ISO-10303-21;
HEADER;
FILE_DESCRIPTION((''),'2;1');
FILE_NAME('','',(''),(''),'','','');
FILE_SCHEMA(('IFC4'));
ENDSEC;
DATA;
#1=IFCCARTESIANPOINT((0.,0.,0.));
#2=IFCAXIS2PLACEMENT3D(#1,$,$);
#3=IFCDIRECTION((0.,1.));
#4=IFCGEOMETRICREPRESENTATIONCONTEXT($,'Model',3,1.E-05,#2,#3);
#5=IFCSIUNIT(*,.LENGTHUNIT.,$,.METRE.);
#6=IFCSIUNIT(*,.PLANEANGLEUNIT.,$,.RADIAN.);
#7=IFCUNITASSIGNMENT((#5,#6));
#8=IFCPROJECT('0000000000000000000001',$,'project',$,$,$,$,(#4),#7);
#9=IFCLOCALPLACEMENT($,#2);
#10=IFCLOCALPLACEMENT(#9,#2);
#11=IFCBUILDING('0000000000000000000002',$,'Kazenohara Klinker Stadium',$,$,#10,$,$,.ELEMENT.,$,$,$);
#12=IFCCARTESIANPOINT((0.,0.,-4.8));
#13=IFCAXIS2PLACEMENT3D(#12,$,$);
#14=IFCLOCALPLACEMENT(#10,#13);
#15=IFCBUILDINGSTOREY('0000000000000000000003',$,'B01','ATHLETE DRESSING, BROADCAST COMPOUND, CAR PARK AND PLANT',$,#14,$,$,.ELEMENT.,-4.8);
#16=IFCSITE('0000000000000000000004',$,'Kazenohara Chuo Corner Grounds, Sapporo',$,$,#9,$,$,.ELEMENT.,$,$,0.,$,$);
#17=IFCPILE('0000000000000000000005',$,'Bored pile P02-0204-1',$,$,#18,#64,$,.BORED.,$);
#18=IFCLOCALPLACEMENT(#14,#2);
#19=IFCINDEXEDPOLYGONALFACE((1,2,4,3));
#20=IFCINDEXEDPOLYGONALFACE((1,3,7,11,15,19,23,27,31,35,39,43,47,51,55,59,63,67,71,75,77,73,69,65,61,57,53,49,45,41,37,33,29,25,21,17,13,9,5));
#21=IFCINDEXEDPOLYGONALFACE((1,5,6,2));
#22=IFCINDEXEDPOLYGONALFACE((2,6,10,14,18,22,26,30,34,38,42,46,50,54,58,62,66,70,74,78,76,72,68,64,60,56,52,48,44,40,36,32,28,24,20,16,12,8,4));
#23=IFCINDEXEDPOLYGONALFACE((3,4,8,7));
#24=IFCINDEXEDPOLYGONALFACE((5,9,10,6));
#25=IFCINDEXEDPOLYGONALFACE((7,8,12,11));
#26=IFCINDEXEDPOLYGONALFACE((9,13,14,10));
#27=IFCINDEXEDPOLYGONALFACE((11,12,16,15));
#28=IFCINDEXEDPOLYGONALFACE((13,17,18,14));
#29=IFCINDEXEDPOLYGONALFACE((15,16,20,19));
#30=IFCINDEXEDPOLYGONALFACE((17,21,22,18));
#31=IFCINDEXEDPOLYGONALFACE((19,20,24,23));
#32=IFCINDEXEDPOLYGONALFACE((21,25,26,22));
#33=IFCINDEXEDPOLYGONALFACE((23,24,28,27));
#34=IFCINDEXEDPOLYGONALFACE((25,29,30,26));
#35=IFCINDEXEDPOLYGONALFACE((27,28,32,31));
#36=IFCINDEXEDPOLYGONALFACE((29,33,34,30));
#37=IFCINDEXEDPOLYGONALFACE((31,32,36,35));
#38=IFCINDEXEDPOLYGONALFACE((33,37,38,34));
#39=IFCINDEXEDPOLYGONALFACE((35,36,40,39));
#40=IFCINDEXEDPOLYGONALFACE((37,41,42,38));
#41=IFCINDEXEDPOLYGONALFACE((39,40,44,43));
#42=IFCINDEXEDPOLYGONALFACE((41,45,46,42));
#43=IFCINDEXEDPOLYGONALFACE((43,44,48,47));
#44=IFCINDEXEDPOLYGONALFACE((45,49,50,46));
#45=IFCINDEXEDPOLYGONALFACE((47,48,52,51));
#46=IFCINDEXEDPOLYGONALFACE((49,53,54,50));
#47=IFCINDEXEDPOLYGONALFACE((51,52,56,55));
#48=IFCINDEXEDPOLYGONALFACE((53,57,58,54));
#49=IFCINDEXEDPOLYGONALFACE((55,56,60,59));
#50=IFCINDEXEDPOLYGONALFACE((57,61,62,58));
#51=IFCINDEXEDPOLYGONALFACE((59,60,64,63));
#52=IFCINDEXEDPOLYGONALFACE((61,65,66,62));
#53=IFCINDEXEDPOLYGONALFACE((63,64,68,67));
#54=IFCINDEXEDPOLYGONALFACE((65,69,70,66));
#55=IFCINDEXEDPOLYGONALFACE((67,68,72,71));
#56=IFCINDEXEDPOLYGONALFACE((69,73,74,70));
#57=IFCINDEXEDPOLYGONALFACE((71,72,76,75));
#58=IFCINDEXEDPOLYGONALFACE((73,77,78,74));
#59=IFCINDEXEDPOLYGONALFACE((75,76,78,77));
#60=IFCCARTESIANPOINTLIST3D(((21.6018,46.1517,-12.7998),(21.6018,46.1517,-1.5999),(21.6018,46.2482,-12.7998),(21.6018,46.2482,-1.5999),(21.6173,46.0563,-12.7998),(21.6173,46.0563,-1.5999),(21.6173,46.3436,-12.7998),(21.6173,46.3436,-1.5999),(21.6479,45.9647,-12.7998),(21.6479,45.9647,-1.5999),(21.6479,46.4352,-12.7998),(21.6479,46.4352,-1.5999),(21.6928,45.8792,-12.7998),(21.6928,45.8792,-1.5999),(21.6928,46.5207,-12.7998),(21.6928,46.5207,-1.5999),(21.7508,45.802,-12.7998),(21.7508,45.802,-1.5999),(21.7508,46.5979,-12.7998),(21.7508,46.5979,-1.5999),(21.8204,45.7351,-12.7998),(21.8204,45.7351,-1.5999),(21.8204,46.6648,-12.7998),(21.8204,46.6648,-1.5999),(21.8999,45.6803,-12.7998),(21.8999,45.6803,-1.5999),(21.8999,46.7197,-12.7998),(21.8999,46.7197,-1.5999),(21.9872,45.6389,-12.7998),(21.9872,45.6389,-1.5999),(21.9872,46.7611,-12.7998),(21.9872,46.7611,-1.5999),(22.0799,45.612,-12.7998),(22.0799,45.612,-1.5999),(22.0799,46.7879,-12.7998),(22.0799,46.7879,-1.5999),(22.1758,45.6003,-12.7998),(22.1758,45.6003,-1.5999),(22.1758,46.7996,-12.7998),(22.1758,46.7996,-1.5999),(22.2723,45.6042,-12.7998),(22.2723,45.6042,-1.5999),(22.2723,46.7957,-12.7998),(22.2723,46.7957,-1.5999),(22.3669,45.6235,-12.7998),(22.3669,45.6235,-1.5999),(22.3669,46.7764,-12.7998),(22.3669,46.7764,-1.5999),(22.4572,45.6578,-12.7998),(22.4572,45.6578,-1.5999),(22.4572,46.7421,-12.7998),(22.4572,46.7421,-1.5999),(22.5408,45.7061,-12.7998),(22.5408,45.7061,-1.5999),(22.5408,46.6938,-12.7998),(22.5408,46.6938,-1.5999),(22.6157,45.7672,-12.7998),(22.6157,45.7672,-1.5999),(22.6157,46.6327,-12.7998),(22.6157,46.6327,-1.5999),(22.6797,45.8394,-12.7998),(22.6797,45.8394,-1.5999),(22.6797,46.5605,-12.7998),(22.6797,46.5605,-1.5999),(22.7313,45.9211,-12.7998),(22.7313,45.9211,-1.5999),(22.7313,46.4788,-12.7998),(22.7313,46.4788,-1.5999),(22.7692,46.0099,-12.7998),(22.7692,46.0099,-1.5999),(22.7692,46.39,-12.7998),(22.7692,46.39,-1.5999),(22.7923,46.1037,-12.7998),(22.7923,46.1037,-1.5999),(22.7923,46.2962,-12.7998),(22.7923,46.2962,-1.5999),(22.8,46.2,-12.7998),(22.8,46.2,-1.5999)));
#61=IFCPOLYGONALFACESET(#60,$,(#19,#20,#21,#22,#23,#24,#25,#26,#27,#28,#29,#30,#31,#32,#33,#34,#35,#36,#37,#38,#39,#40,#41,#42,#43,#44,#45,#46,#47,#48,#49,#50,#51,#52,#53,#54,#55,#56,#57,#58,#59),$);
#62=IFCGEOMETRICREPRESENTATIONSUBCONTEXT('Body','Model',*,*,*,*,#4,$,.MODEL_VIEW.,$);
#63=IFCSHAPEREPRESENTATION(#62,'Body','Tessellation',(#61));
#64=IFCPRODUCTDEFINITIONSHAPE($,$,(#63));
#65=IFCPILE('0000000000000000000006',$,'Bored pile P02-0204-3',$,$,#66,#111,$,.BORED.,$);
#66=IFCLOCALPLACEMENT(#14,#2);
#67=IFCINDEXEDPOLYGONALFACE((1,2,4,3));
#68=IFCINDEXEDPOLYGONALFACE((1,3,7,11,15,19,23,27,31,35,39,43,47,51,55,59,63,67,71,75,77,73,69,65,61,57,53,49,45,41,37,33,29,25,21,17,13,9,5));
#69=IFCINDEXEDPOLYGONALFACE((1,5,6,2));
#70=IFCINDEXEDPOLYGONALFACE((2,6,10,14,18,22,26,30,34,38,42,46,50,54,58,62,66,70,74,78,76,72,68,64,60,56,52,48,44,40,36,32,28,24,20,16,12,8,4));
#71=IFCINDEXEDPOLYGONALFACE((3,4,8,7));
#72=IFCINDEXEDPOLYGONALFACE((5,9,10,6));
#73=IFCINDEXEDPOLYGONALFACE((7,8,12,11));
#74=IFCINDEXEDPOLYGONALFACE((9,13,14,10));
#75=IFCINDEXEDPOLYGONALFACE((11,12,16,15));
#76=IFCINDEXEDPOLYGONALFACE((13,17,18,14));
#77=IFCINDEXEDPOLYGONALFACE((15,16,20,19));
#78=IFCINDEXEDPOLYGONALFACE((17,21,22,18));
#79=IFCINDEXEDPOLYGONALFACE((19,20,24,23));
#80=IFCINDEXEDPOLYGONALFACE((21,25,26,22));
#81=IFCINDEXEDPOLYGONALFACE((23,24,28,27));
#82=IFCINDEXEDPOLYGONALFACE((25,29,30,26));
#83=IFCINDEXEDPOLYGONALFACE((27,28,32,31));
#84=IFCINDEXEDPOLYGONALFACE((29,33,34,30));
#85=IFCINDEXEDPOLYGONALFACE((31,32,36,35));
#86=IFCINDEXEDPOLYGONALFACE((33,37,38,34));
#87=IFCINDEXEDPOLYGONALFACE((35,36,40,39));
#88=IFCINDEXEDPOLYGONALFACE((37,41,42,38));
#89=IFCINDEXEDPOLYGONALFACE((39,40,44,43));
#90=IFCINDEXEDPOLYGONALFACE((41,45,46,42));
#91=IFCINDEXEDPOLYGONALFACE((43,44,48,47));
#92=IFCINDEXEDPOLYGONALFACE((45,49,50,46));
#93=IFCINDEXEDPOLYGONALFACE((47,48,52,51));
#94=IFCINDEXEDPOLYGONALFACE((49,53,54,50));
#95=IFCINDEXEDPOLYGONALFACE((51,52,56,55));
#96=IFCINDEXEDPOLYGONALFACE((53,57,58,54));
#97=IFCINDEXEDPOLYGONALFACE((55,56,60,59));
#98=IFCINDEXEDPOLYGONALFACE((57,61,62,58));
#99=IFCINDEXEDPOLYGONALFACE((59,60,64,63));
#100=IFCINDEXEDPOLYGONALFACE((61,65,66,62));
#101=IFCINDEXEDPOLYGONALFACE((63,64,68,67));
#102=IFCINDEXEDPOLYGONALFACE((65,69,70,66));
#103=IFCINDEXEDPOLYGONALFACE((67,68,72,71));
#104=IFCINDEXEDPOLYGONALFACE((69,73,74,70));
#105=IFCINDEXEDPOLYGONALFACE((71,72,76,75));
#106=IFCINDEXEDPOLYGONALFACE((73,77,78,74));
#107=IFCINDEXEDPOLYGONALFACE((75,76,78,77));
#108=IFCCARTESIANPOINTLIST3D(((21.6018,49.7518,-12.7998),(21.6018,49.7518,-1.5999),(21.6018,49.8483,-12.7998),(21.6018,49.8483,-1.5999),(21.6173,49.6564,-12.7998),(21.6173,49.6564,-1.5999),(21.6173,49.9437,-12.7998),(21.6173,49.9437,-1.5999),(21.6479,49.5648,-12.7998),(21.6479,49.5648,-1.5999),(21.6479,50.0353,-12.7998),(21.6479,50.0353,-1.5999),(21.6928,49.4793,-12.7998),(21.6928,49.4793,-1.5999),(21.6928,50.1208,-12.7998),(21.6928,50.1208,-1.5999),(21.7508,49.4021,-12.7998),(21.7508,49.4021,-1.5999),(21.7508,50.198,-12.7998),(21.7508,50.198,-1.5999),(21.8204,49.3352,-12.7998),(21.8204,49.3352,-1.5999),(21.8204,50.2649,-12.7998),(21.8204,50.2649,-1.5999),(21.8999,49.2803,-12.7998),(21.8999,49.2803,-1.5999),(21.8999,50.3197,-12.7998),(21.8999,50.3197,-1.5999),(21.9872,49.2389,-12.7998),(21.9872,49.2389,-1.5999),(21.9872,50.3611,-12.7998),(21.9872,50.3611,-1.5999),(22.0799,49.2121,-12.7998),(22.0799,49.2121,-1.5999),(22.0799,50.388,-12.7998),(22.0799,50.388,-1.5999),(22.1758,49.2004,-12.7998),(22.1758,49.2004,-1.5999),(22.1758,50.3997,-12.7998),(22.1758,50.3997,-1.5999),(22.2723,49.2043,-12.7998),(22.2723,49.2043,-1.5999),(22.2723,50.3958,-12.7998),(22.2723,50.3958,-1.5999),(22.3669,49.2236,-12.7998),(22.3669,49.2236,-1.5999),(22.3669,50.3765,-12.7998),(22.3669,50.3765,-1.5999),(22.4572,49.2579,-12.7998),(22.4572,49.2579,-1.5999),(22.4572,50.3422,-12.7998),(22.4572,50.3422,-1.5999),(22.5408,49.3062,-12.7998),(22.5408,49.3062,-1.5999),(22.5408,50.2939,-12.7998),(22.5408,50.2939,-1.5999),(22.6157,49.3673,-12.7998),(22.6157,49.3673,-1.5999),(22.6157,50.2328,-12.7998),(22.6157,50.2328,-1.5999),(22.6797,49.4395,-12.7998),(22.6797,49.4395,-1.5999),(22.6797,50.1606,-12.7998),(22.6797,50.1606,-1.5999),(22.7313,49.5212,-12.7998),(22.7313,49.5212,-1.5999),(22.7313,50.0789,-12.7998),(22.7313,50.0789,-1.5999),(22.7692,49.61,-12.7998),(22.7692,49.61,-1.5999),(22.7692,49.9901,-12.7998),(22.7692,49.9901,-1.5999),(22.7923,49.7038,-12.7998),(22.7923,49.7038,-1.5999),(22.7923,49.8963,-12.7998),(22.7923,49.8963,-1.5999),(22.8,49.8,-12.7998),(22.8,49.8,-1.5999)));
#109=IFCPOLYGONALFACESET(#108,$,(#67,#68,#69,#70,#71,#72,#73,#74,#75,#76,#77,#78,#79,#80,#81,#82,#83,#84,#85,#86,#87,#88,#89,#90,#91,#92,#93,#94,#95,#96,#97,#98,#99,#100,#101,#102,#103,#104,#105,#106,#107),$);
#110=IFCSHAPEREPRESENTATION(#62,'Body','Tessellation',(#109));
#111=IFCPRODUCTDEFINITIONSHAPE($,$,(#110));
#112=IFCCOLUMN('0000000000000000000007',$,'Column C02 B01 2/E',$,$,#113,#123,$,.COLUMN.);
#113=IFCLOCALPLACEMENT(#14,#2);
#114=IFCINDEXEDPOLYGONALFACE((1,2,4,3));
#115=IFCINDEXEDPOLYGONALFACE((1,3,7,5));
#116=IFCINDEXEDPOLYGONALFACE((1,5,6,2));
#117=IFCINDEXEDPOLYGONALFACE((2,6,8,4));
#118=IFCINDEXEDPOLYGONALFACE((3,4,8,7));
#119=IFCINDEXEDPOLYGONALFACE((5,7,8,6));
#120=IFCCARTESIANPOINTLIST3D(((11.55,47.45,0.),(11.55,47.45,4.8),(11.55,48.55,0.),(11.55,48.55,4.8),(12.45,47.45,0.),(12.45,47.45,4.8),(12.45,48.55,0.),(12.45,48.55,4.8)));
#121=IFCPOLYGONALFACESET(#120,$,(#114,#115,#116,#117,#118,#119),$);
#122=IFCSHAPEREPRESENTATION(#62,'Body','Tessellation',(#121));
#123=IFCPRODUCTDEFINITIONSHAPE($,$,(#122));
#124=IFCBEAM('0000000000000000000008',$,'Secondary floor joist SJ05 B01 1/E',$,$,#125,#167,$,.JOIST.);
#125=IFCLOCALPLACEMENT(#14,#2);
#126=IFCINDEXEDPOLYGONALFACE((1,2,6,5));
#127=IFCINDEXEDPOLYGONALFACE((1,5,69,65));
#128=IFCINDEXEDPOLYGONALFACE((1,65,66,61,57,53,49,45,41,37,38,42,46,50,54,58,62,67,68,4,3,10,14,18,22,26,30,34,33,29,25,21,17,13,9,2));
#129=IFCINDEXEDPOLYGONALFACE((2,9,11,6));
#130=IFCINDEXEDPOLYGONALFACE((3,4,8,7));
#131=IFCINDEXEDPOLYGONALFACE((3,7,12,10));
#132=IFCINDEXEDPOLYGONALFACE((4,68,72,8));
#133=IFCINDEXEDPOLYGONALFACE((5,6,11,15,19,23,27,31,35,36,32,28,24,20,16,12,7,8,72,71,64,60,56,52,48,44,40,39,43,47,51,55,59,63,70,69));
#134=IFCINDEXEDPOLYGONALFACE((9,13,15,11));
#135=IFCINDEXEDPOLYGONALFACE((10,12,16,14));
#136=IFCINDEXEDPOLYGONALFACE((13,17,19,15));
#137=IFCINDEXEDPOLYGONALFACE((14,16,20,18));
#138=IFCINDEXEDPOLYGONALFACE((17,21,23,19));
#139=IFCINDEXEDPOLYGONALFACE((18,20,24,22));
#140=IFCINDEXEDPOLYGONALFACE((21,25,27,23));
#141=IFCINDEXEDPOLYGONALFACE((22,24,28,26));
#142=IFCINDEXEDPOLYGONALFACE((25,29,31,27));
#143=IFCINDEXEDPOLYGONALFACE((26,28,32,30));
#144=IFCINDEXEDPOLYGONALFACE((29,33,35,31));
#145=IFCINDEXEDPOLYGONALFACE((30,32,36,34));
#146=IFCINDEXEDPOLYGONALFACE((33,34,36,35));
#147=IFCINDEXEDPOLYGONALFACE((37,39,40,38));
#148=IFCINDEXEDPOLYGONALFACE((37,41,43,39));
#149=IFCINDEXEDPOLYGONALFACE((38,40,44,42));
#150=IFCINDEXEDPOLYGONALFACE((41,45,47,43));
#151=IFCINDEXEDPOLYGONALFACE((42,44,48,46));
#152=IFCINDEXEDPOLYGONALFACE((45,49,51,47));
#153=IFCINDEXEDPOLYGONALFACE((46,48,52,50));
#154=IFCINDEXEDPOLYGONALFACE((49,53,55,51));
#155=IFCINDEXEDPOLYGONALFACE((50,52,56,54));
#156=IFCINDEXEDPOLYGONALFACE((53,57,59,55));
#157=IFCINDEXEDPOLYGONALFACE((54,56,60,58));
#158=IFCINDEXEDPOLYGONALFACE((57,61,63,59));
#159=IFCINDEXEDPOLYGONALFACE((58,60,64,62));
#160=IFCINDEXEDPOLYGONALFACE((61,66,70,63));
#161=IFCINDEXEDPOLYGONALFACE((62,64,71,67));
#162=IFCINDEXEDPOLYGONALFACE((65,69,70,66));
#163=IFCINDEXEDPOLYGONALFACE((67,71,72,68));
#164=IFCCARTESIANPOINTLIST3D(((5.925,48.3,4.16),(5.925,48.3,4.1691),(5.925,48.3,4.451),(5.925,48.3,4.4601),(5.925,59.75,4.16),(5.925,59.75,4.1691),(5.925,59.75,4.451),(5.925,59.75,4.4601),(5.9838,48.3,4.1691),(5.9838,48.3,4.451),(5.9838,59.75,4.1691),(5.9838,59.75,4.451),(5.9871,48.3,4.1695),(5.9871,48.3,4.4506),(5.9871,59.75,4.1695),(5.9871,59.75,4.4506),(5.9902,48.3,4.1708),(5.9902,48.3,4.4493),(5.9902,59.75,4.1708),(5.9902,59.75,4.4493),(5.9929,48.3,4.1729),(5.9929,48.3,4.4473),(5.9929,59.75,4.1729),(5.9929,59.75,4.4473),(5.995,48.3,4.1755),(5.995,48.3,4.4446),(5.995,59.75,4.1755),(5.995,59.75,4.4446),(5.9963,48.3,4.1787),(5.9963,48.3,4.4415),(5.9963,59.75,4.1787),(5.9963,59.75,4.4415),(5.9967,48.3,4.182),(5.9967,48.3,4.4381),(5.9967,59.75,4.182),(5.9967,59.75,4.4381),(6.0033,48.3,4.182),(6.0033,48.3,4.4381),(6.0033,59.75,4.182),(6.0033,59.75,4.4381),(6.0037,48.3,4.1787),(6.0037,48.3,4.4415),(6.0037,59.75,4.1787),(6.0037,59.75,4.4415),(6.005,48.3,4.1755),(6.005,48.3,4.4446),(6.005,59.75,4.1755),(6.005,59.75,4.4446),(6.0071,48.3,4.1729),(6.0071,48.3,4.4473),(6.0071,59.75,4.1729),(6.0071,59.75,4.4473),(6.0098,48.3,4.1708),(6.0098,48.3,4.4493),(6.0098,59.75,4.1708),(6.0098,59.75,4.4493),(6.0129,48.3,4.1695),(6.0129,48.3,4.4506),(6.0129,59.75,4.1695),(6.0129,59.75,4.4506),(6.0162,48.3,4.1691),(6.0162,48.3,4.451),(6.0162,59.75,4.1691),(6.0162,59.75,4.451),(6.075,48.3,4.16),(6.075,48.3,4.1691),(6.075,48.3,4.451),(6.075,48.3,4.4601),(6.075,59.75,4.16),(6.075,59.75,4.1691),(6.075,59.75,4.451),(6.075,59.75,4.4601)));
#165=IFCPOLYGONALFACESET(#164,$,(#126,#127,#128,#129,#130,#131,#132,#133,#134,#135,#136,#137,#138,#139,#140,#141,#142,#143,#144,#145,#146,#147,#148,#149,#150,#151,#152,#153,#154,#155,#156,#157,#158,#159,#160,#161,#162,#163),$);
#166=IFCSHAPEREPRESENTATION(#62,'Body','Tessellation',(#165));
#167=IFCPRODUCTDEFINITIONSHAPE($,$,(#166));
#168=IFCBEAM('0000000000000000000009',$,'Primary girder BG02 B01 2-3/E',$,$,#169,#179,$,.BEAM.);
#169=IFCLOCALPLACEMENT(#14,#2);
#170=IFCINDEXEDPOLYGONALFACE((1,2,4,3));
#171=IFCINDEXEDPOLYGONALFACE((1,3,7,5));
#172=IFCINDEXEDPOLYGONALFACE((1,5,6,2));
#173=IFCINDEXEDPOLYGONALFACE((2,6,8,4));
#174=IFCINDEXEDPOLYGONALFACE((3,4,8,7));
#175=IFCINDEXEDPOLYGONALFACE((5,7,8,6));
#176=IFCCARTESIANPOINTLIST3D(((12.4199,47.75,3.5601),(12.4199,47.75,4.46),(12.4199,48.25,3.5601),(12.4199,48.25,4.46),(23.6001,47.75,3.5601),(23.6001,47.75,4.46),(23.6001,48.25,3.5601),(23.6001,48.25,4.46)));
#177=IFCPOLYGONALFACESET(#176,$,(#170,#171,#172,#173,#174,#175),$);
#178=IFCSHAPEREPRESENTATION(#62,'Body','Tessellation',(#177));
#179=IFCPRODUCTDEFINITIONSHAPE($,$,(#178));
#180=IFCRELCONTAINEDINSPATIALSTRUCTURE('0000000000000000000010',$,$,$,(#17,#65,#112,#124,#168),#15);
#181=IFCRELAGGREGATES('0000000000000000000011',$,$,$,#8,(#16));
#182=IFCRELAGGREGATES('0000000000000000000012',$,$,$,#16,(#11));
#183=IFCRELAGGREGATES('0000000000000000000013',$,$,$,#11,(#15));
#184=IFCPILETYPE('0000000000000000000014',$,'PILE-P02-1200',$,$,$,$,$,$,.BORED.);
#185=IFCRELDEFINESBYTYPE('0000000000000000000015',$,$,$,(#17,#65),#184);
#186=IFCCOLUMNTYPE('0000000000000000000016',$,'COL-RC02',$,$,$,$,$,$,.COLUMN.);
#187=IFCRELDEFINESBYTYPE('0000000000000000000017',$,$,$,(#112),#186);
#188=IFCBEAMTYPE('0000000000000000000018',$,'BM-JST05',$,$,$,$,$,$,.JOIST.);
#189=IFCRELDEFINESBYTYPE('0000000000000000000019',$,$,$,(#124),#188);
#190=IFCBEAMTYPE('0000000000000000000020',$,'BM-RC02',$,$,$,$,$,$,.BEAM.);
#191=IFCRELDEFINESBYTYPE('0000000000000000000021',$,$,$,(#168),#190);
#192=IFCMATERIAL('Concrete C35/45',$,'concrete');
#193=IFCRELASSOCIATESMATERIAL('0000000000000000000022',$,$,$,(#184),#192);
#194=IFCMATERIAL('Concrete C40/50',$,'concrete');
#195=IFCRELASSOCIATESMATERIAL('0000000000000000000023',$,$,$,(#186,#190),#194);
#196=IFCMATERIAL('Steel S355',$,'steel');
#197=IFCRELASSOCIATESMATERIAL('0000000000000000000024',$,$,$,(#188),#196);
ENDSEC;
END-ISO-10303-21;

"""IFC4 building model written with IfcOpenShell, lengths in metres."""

from ifc_helpers import new_model, si_unit, direction, frame, origin, origin_2d, place, context, subcontext, project, spatial, rectangle, circle, i_section, extrude, material, material_profile, profile_set, type_object, element, save


model = new_model("IFC4")

# Units and contexts
model_context = context("Model", 3, precision=1e-05, world=origin(), true_north=direction((0.0, 1.0)))
body_context = subcontext(model_context, "Body", "Model", "MODEL_VIEW")
ifc_project = project(units=[si_unit("LENGTHUNIT", "METRE"), si_unit("PLANEANGLEUNIT", "RADIAN")], contexts=[model_context])

# Site, building, storey
site_placement = place(None, origin())
site = spatial("IfcSite", under=ifc_project, at=site_placement, Name="Kazenohara Chuo Corner Grounds, Sapporo", CompositionType="ELEMENT", RefElevation=0.0)
building_placement = place(site_placement, origin())
building = spatial("IfcBuilding", under=site, at=building_placement, Name="Kazenohara Klinker Stadium", CompositionType="ELEMENT")
storey_placement = place(building_placement, frame((0.0, 0.0, -4.8)))
storey = spatial("IfcBuildingStorey", under=building, at=storey_placement, Name="B01", Description="ATHLETE DRESSING, BROADCAST COMPOUND, CAR PARK AND PLANT", CompositionType="ELEMENT", Elevation=-4.8)

# Shared definitions
ifc_material_1 = material(Name="Concrete C35/45", Category="concrete")

# Piles
ifc_material_profile_1 = material_profile(ifc_material_1, circle(Radius=0.6001, at=origin_2d()), Name="BORED-PILE-1200")
ifc_profile_set_1 = profile_set([ifc_material_profile_1], Name="Concrete C35/45")
pile_type_1 = type_object("IfcPileType", Name="PILE-P02-1200", PredefinedType="BORED", material=ifc_profile_set_1)
for number, where, z_axis, x_axis, name in (
    (1, (22.2, 46.2, -1.5999), (0.0, 0.0, -1.0), (1.0, 0.0, 0.0), "Bored pile P02-0204-1"),
    (2, (22.2, 49.8, -1.5999), (0.0, 0.0, -1.0), (1.0, 0.0, 0.0), "Bored pile P02-0204-3"),
):
    element("IfcPile", number, at=place(storey_placement, frame(where, z_axis=z_axis, x_axis=x_axis)), inside=storey, type_object=pile_type_1, Name=name, PredefinedType="BORED", context=body_context, shape_type="SweptSolid", body=[
        extrude(circle(Radius=0.6001, at=origin_2d()), origin(), (0.0, 0.0, 1.0), 11.2),
    ])

# Column
ifc_material_2 = material(Name="Concrete C40/50", Category="concrete")
ifc_material_profile_2 = material_profile(ifc_material_2, rectangle(XDim=0.8999, YDim=1.1001, at=origin_2d()), Name="RC-COL-1100x900")
ifc_profile_set_2 = profile_set([ifc_material_profile_2], Name="Concrete C40/50")
column_type = type_object("IfcColumnType", Name="COL-RC02", PredefinedType="COLUMN", material=ifc_profile_set_2)
column_placement = place(storey_placement, frame((12.0, 48.0, 0.0), z_axis=(0.0, 0.0, 1.0), x_axis=(1.0, 0.0, 0.0)))
element("IfcColumn", 3, at=column_placement, inside=storey, type_object=column_type, Name="Column C02 B01 2/E", PredefinedType="COLUMN", context=body_context, shape_type="SweptSolid", body=[
    extrude(rectangle(XDim=0.8999, YDim=1.1001, at=origin_2d()), origin(), (0.0, 0.0, 1.0), 4.8),
])

# Beams
ifc_material_3 = material(Name="Steel S355", Category="steel")
ifc_material_profile_3 = material_profile(ifc_material_3, i_section(OverallWidth=0.1499, OverallDepth=0.3, WebThickness=0.0066, FlangeThickness=0.009, FilletRadius=0.0129, at=origin_2d()), Name="H-300x150x6.5x9")
ifc_profile_set_3 = profile_set([ifc_material_profile_3], Name="Steel S355")
beam_type_1 = type_object("IfcBeamType", Name="BM-JST05", PredefinedType="JOIST", material=ifc_profile_set_3)
beam_1_placement = place(storey_placement, frame((6.0, 48.3, 4.3101), z_axis=(0.0, 1.0, 0.0), x_axis=(-1.0, 0.0, 0.0)))
element("IfcBeam", 4, at=beam_1_placement, inside=storey, type_object=beam_type_1, Name="Secondary floor joist SJ05 B01 1/E", PredefinedType="JOIST", context=body_context, shape_type="SweptSolid", body=[
    extrude(i_section(OverallWidth=0.1499, OverallDepth=0.3, WebThickness=0.0066, FlangeThickness=0.009, FilletRadius=0.0129, at=origin_2d()), origin(), (0.0, 0.0, 1.0), 11.45),
])
ifc_material_profile_4 = material_profile(ifc_material_2, rectangle(XDim=0.5, YDim=0.8999, at=origin_2d()), Name="RC-BM-500x900")
ifc_profile_set_4 = profile_set([ifc_material_profile_4], Name="Concrete C40/50")
beam_type_2 = type_object("IfcBeamType", Name="BM-RC02", PredefinedType="BEAM", material=ifc_profile_set_4)
beam_2_placement = place(storey_placement, frame((12.4199, 48.0, 4.01), z_axis=(1.0, 0.0, 0.0), x_axis=(0.0, 1.0, 0.0)))
element("IfcBeam", 5, at=beam_2_placement, inside=storey, type_object=beam_type_2, Name="Primary girder BG02 B01 2-3/E", PredefinedType="BEAM", context=body_context, shape_type="SweptSolid", body=[
    extrude(rectangle(XDim=0.5, YDim=0.8999, at=origin_2d()), origin(), (0.0, 0.0, 1.0), 11.1802),
])

save(model, "model.ifc")
